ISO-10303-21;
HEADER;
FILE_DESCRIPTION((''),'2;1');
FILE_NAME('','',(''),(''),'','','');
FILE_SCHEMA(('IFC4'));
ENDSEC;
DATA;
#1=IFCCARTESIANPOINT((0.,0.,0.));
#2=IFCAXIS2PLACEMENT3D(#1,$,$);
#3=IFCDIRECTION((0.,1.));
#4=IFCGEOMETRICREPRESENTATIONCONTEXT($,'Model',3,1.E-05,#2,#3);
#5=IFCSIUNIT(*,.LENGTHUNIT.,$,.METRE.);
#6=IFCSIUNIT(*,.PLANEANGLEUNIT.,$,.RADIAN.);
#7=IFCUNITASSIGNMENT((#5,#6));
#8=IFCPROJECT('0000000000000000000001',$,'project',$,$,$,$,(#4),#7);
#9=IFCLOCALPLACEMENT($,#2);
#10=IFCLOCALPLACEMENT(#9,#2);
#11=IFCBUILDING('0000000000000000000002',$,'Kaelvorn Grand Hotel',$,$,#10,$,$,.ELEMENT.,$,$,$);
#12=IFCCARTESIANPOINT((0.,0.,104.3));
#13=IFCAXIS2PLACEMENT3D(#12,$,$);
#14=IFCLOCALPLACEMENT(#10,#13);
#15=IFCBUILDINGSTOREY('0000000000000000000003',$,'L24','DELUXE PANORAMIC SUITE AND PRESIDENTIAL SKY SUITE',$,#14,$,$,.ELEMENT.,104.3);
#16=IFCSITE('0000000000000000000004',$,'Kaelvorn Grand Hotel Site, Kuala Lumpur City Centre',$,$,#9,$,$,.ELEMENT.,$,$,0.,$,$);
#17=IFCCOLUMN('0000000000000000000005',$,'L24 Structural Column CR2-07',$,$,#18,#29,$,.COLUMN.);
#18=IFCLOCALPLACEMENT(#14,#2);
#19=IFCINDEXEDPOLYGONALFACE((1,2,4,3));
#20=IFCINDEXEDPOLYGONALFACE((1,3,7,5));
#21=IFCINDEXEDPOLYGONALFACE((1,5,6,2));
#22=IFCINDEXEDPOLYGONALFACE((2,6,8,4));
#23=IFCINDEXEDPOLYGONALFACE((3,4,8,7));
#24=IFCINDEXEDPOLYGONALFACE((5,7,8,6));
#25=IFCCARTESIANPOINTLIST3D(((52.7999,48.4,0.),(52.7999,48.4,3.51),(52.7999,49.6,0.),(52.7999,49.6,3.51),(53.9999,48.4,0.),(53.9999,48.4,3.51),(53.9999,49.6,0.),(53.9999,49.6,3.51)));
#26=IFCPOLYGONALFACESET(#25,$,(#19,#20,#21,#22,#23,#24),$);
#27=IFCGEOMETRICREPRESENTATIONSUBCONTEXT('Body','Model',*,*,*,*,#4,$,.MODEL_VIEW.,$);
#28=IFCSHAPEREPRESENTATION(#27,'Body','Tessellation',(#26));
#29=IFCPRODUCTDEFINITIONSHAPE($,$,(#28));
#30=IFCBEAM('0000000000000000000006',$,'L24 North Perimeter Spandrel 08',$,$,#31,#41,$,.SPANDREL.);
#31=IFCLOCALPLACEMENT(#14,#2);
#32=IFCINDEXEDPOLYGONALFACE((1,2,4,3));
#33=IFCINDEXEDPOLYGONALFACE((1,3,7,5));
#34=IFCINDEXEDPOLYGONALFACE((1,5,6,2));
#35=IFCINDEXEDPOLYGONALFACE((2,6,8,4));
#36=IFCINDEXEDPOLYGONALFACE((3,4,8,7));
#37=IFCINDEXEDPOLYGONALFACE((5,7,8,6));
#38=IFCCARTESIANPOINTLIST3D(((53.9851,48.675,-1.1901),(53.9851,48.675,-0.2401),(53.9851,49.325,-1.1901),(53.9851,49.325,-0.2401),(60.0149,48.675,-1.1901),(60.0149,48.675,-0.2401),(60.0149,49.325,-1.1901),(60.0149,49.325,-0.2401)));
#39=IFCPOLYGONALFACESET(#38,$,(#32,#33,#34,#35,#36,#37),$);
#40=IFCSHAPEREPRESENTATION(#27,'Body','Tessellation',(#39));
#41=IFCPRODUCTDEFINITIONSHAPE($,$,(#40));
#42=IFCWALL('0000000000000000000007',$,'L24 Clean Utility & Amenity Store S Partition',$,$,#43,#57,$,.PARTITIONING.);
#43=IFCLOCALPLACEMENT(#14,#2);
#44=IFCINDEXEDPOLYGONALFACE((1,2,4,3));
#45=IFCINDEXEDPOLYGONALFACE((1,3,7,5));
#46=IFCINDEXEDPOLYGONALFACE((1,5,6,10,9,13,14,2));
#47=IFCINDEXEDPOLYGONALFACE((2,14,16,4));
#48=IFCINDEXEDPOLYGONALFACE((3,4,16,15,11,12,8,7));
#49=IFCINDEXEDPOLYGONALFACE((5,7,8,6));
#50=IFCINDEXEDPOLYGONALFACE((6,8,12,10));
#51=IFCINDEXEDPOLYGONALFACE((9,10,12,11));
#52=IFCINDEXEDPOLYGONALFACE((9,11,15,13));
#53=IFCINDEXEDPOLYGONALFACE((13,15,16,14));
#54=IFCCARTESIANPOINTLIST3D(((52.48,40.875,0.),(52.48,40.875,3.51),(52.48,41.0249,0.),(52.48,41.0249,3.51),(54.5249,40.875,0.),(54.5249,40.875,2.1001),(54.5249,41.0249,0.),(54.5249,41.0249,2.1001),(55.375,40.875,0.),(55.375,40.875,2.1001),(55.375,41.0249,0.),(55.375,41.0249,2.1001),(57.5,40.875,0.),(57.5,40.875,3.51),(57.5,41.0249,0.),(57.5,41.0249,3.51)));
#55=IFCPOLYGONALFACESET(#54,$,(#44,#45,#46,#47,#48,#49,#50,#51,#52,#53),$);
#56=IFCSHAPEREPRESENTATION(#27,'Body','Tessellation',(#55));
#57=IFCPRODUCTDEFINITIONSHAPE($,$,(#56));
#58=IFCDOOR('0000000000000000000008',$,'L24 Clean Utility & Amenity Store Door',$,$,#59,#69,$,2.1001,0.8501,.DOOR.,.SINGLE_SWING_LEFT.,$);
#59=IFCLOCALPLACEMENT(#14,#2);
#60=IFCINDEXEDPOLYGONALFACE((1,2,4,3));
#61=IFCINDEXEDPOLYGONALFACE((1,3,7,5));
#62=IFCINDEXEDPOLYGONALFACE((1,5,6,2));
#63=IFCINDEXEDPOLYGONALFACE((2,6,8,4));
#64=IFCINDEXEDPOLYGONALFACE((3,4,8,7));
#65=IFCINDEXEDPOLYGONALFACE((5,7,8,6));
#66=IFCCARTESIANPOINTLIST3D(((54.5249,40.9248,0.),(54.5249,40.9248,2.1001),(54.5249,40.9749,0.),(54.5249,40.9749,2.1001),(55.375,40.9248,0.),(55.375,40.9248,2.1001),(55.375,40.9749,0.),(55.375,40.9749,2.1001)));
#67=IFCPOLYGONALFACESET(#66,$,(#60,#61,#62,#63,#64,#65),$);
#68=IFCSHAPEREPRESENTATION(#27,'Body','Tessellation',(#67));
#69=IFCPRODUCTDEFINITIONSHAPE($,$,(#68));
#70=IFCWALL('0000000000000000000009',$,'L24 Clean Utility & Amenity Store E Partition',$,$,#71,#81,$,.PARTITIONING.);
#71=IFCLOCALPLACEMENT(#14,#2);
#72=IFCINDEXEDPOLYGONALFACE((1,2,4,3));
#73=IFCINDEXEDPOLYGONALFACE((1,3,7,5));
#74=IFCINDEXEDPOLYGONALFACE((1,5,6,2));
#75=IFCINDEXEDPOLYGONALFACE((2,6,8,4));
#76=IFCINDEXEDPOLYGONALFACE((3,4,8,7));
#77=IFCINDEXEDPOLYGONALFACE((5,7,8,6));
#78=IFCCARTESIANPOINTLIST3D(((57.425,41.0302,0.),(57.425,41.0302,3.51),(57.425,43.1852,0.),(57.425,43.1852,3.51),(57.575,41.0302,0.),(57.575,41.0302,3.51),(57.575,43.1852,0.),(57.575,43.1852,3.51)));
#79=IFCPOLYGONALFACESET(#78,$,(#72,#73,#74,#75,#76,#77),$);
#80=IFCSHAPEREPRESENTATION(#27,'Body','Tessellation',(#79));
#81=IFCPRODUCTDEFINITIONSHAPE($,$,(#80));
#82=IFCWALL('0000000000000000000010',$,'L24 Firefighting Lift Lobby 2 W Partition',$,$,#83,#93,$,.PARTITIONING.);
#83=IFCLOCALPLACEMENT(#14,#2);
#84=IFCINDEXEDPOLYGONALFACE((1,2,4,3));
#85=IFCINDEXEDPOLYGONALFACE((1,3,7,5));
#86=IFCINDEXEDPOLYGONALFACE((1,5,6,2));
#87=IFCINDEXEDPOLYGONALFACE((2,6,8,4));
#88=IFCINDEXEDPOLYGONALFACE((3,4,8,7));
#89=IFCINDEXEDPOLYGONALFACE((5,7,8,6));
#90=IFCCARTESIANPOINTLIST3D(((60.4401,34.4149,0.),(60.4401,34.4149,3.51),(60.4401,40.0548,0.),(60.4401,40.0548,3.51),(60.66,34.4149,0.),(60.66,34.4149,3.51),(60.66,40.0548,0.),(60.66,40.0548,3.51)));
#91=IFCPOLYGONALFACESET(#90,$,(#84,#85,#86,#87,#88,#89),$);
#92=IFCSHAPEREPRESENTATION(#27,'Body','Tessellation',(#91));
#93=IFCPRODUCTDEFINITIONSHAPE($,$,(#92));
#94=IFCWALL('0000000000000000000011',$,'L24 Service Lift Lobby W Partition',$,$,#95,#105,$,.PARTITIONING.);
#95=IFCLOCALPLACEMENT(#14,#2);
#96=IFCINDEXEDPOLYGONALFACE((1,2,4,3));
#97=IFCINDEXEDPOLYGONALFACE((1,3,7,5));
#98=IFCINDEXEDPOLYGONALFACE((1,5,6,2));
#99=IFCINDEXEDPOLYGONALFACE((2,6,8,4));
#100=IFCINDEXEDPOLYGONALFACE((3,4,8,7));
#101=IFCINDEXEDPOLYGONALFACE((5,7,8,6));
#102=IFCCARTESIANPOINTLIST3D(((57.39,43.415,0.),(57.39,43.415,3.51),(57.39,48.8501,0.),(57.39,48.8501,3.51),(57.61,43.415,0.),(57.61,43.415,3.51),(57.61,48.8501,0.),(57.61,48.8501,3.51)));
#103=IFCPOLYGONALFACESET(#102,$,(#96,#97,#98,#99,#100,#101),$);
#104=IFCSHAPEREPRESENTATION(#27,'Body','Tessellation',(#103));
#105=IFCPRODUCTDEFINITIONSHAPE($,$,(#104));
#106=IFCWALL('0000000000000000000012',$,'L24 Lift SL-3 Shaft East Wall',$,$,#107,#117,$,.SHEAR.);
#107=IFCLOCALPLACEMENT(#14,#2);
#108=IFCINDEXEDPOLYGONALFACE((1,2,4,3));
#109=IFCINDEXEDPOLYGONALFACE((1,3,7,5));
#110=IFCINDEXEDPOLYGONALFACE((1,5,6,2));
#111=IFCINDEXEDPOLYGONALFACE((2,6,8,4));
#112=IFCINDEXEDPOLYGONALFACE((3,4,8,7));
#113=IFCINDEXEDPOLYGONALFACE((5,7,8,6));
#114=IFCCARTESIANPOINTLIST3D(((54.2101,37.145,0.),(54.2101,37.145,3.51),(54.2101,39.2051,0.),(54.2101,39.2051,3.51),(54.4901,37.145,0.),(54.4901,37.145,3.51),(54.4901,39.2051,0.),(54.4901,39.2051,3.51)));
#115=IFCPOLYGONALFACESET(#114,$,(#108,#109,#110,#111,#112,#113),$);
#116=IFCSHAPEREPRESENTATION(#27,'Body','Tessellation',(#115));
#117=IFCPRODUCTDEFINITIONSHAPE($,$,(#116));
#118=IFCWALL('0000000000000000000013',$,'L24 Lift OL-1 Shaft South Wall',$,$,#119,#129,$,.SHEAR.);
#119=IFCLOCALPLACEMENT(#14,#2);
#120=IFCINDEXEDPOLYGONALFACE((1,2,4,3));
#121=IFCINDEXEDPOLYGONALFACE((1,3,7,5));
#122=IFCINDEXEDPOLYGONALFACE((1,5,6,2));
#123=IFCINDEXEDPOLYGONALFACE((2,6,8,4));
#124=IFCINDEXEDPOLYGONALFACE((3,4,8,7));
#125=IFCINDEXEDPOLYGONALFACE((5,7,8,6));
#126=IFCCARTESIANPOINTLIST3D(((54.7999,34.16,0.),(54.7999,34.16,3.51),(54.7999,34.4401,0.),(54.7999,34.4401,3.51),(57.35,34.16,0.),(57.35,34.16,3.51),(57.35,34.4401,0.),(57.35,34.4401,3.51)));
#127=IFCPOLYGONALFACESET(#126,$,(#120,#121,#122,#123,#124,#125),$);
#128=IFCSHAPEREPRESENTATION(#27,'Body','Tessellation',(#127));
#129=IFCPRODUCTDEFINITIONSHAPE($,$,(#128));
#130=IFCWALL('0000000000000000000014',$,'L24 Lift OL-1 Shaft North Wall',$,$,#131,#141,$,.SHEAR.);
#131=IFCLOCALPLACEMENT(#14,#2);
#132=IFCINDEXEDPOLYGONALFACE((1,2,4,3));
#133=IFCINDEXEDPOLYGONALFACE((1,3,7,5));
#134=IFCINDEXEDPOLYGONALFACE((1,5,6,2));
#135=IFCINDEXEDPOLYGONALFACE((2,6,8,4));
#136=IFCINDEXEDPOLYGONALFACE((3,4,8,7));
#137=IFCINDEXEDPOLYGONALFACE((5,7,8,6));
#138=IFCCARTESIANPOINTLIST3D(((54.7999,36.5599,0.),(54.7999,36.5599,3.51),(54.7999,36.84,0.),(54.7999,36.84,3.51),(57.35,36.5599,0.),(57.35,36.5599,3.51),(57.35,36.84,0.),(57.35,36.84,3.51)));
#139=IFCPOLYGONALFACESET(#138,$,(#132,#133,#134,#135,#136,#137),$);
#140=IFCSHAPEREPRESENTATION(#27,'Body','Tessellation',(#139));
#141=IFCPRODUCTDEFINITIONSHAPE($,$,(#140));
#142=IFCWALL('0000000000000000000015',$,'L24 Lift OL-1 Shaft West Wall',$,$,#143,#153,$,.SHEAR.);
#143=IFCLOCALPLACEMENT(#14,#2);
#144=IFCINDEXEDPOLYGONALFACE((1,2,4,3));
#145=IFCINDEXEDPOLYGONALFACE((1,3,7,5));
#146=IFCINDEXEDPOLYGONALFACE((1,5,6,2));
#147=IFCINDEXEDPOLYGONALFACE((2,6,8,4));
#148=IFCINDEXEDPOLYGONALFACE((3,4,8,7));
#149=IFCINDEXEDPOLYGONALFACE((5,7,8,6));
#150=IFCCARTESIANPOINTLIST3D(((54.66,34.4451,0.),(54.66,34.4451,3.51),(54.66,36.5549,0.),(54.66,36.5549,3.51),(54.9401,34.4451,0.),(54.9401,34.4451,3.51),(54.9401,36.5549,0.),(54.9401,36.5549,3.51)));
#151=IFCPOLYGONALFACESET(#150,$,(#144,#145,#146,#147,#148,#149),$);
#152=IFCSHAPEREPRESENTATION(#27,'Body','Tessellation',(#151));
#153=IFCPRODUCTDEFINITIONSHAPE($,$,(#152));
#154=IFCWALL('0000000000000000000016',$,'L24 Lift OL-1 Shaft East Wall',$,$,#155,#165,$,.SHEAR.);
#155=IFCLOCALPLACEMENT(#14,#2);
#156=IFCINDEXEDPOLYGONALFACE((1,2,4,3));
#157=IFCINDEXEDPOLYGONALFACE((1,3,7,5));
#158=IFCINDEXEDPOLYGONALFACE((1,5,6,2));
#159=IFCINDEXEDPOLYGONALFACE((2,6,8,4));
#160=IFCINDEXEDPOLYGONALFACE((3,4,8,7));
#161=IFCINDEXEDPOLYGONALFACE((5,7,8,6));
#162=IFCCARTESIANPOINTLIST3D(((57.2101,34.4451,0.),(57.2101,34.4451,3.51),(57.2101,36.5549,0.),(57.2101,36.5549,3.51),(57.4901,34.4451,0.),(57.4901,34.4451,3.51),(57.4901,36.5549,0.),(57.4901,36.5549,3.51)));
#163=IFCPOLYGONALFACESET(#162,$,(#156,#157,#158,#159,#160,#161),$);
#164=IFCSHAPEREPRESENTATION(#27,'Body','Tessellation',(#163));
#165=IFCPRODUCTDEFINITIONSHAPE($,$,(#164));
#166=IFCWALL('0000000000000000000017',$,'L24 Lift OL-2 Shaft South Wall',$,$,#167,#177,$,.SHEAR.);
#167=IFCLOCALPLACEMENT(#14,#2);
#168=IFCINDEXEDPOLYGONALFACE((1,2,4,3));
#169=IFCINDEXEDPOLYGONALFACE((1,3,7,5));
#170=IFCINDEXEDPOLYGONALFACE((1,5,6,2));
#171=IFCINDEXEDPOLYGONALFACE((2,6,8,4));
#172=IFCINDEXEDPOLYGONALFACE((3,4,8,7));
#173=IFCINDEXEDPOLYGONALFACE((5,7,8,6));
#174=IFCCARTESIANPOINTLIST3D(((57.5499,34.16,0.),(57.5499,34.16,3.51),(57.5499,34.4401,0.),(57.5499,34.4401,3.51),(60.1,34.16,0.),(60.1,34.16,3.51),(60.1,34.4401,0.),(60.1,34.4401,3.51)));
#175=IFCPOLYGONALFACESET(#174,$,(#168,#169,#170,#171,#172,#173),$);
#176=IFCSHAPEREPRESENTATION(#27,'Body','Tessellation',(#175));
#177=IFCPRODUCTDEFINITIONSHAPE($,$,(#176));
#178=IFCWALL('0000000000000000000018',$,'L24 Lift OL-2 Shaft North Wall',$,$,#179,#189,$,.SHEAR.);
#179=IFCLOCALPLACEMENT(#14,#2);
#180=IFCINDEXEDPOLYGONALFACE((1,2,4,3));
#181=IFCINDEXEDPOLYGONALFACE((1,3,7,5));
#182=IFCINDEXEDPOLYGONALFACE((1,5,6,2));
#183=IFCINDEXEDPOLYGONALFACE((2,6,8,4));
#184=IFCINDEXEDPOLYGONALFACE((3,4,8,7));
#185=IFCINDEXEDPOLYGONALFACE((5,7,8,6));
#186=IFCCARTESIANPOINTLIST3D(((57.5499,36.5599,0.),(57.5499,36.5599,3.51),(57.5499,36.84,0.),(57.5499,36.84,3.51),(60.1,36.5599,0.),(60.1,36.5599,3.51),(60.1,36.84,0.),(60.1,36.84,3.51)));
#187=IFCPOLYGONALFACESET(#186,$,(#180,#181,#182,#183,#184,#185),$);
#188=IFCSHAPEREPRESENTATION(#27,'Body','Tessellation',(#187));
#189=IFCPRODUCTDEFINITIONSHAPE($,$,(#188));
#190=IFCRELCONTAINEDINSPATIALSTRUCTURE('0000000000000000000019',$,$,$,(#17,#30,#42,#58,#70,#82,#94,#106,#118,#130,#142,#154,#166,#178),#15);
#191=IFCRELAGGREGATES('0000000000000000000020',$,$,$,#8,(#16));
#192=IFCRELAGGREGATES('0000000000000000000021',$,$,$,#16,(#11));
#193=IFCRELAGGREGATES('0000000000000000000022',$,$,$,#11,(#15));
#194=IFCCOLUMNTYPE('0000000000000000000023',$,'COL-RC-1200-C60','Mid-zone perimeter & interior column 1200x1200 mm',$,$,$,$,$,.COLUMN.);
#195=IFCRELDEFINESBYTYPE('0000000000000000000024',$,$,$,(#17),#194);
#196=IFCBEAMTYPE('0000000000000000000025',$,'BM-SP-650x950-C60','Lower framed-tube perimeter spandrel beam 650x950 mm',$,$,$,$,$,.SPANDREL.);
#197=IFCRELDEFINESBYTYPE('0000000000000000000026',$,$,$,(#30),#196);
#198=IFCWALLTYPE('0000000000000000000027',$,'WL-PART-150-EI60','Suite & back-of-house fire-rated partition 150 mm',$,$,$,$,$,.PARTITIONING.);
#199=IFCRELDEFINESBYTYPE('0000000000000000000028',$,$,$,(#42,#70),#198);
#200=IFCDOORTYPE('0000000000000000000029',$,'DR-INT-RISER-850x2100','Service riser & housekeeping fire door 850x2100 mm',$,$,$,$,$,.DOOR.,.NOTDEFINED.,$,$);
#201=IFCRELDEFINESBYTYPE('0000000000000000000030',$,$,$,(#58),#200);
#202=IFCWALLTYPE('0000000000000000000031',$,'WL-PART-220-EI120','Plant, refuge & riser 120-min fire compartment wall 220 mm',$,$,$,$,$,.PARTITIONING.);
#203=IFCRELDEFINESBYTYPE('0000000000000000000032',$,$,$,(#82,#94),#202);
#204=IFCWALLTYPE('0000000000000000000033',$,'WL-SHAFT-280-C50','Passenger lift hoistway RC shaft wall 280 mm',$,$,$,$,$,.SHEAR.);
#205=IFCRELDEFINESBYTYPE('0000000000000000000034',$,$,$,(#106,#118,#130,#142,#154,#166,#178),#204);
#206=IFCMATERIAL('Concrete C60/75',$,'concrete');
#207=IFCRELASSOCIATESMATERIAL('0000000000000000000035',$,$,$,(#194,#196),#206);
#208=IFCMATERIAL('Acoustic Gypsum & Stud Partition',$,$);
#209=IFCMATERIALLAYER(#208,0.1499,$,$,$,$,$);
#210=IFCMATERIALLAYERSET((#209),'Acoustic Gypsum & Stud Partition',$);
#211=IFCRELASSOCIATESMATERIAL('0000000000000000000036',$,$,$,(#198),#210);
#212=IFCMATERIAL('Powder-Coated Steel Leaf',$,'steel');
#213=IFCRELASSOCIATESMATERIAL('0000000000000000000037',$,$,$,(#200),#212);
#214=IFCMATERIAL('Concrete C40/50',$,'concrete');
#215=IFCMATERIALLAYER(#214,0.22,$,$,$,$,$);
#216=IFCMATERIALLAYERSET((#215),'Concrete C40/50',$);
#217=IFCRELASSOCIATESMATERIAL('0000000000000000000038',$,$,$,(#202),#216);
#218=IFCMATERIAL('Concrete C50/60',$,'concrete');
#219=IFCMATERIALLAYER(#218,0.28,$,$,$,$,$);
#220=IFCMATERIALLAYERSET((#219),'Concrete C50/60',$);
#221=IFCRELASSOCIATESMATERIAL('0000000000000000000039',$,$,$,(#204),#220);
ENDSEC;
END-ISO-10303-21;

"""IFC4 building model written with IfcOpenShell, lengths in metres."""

from ifc_helpers import new_model, si_unit, direction, frame, frame_2d, origin, origin_2d, place, context, subcontext, project, spatial, rectangle, extrude, material, layer, layer_set, material_profile, profile_set, type_object, element, fill, save


model = new_model("IFC4")

# Units and contexts
model_context = context("Model", 3, precision=1e-05, world=origin(), true_north=direction((0.0, 1.0)))
body_context = subcontext(model_context, "Body", "Model", "MODEL_VIEW")
ifc_project = project(units=[si_unit("LENGTHUNIT", "METRE"), si_unit("PLANEANGLEUNIT", "RADIAN")], contexts=[model_context])

# Site, building, storey
site_placement = place(None, origin())
site = spatial("IfcSite", under=ifc_project, at=site_placement, Name="Kaelvorn Grand Hotel Site, Kuala Lumpur City Centre", CompositionType="ELEMENT", RefElevation=0.0)
building_placement = place(site_placement, origin())
building = spatial("IfcBuilding", under=site, at=building_placement, Name="Kaelvorn Grand Hotel", CompositionType="ELEMENT")
storey_placement = place(building_placement, frame((0.0, 0.0, 104.3)))
storey = spatial("IfcBuildingStorey", under=building, at=storey_placement, Name="L24", Description="DELUXE PANORAMIC SUITE AND PRESIDENTIAL SKY SUITE", CompositionType="ELEMENT", Elevation=104.3)

# Column
ifc_material_1 = material(Name="Concrete C60/75", Category="concrete")
ifc_material_profile_1 = material_profile(ifc_material_1, rectangle(XDim=1.2, YDim=1.2, at=origin_2d()), Name="RC COL 1200x1200")
ifc_profile_set_1 = profile_set([ifc_material_profile_1], Name="Concrete C60/75")
column_type = type_object("IfcColumnType", Name="COL-RC-1200-C60", Description="Mid-zone perimeter & interior column 1200x1200 mm", PredefinedType="COLUMN", material=ifc_profile_set_1)
column_placement = place(storey_placement, frame((53.3999, 49.0, 0.0), z_axis=(0.0, 0.0, 1.0), x_axis=(1.0, 0.0, 0.0)))
element("IfcColumn", 1, at=column_placement, inside=storey, type_object=column_type, Name="L24 Structural Column CR2-07", PredefinedType="COLUMN", context=body_context, shape_type="SweptSolid", body=[
    extrude(rectangle(XDim=1.2, YDim=1.2, at=origin_2d()), origin(), (0.0, 0.0, 1.0), 3.51),
])

# Beam
ifc_material_profile_2 = material_profile(ifc_material_1, rectangle(XDim=0.6499, YDim=0.95, at=origin_2d()), Name="RC SPANDREL 650x950")
ifc_profile_set_2 = profile_set([ifc_material_profile_2], Name="Concrete C60/75")
beam_type = type_object("IfcBeamType", Name="BM-SP-650x950-C60", Description="Lower framed-tube perimeter spandrel beam 650x950 mm", PredefinedType="SPANDREL", material=ifc_profile_set_2)
beam_placement = place(storey_placement, frame((53.9851, 49.0, -0.7151), z_axis=(1.0, 0.0, 0.0), x_axis=(0.0, 1.0, 0.0)))
element("IfcBeam", 2, at=beam_placement, inside=storey, type_object=beam_type, Name="L24 North Perimeter Spandrel 08", PredefinedType="SPANDREL", context=body_context, shape_type="SweptSolid", body=[
    extrude(rectangle(XDim=0.6499, YDim=0.95, at=origin_2d()), origin(), (0.0, 0.0, 1.0), 6.0298),
])

# Wall, opening, door
ifc_material_2 = material(Name="Acoustic Gypsum & Stud Partition")
ifc_layer_1 = layer(ifc_material_2, 0.1499)
ifc_layer_set_1 = layer_set([ifc_layer_1], Name="Acoustic Gypsum & Stud Partition")
wall_type_1 = type_object("IfcWallType", Name="WL-PART-150-EI60", Description="Suite & back-of-house fire-rated partition 150 mm", PredefinedType="PARTITIONING", material=ifc_layer_set_1)
wall_1_placement = place(storey_placement, frame((52.48, 40.95, 0.0), z_axis=(0.0, 0.0, 1.0), x_axis=(1.0, 0.0, 0.0)))
wall_1 = element("IfcWall", 3, at=wall_1_placement, inside=storey, type_object=wall_type_1, Name="L24 Clean Utility & Amenity Store S Partition", PredefinedType="PARTITIONING", context=body_context, shape_type="SweptSolid", body=[
    extrude(rectangle(XDim=5.02, YDim=0.1499, at=frame_2d((2.51, 0.0))), origin(), (0.0, 0.0, 1.0), 3.51),
])
opening_1_placement = place(wall_1_placement, frame((2.0449, 0.0, 0.0)))
opening_1 = element("IfcOpeningElement", 4, at=opening_1_placement, cuts=wall_1, PredefinedType="OPENING", context=body_context, shape_type="SweptSolid", body=[
    extrude(rectangle(XDim=0.8501, YDim=2.1001, at=frame_2d((0.425, 1.05))), frame((0.0, 0.085, 0.0), z_axis=(0.0, -1.0, 0.0), x_axis=(1.0, 0.0, 0.0)), (0.0, 0.0, 1.0), 0.1699),
])
ifc_material_3 = material(Name="Powder-Coated Steel Leaf", Category="steel")
door_type_1 = type_object("IfcDoorType", Name="DR-INT-RISER-850x2100", Description="Service riser & housekeeping fire door 850x2100 mm", OperationType="NOTDEFINED", PredefinedType="DOOR", material=ifc_material_3)
door_1_placement = place(opening_1_placement, origin())
door_1 = element("IfcDoor", 5, at=door_1_placement, inside=storey, type_object=door_type_1, Name="L24 Clean Utility & Amenity Store Door", OperationType="SINGLE_SWING_LEFT", OverallHeight=2.1001, OverallWidth=0.8501, PredefinedType="DOOR", context=body_context, shape_type="SweptSolid", body=[
    extrude(rectangle(XDim=0.8501, YDim=2.1001, at=frame_2d((0.425, 1.05))), frame((0.0, 0.0249, 0.0), z_axis=(0.0, -1.0, 0.0), x_axis=(1.0, 0.0, 0.0)), (0.0, 0.0, 1.0), 0.05),
])
fill(opening_1, door_1)

# Wall
wall_2_placement = place(storey_placement, frame((57.5, 41.03, 0.0), z_axis=(0.0, 0.0, 1.0), x_axis=(0.0, 1.0, 0.0)))
element("IfcWall", 6, at=wall_2_placement, inside=storey, type_object=wall_type_1, Name="L24 Clean Utility & Amenity Store E Partition", PredefinedType="PARTITIONING", context=body_context, shape_type="SweptSolid", body=[
    extrude(rectangle(XDim=2.155, YDim=0.1499, at=frame_2d((1.0776, 0.0))), origin(), (0.0, 0.0, 1.0), 3.51),
])

# Shared definitions
ifc_material_4 = material(Name="Concrete C40/50", Category="concrete")
ifc_layer_2 = layer(ifc_material_4, 0.22)
ifc_layer_set_2 = layer_set([ifc_layer_2], Name="Concrete C40/50")
wall_type_2 = type_object("IfcWallType", Name="WL-PART-220-EI120", Description="Plant, refuge & riser 120-min fire compartment wall 220 mm", PredefinedType="PARTITIONING", material=ifc_layer_set_2)

# Wall
wall_3_placement = place(storey_placement, frame((60.55, 34.415, 0.0), z_axis=(0.0, 0.0, 1.0), x_axis=(0.0, 1.0, 0.0)))
element("IfcWall", 7, at=wall_3_placement, inside=storey, type_object=wall_type_2, Name="L24 Firefighting Lift Lobby 2 W Partition", PredefinedType="PARTITIONING", context=body_context, shape_type="SweptSolid", body=[
    extrude(rectangle(XDim=5.6399, YDim=0.22, at=frame_2d((2.8198, 0.0))), origin(), (0.0, 0.0, 1.0), 3.51),
])

# Walls
wall_4_placement = place(storey_placement, frame((57.5, 43.415, 0.0), z_axis=(0.0, 0.0, 1.0), x_axis=(0.0, 1.0, 0.0)))
element("IfcWall", 8, at=wall_4_placement, inside=storey, type_object=wall_type_2, Name="L24 Service Lift Lobby W Partition", PredefinedType="PARTITIONING", context=body_context, shape_type="SweptSolid", body=[
    extrude(rectangle(XDim=5.4351, YDim=0.22, at=frame_2d((2.7175, 0.0))), origin(), (0.0, 0.0, 1.0), 3.51),
])
ifc_material_5 = material(Name="Concrete C50/60", Category="concrete")
ifc_layer_3 = layer(ifc_material_5, 0.28)
ifc_layer_set_3 = layer_set([ifc_layer_3], Name="Concrete C50/60")
wall_type_3 = type_object("IfcWallType", Name="WL-SHAFT-280-C50", Description="Passenger lift hoistway RC shaft wall 280 mm", PredefinedType="SHEAR", material=ifc_layer_set_3)
wall_5_placement = place(storey_placement, frame((54.3501, 37.145, 0.0), z_axis=(0.0, 0.0, 1.0), x_axis=(0.0, 1.0, 0.0)))
element("IfcWall", 9, at=wall_5_placement, inside=storey, type_object=wall_type_3, Name="L24 Lift SL-3 Shaft East Wall", PredefinedType="SHEAR", context=body_context, shape_type="SweptSolid", body=[
    extrude(rectangle(XDim=2.0601, YDim=0.28, at=frame_2d((1.03, 0.0))), origin(), (0.0, 0.0, 1.0), 3.51),
])
for number, where, z_axis, x_axis, name in (
    (10, (54.8, 34.3, 0.0), (0.0, 0.0, 1.0), (1.0, 0.0, 0.0), "L24 Lift OL-1 Shaft South Wall"),
    (11, (54.8, 36.7, 0.0), (0.0, 0.0, 1.0), (1.0, 0.0, 0.0), "L24 Lift OL-1 Shaft North Wall"),
):
    element("IfcWall", number, at=place(storey_placement, frame(where, z_axis=z_axis, x_axis=x_axis)), inside=storey, type_object=wall_type_3, Name=name, PredefinedType="SHEAR", context=body_context, shape_type="SweptSolid", body=[
        extrude(rectangle(XDim=2.55, YDim=0.28, at=frame_2d((1.2749, 0.0))), origin(), (0.0, 0.0, 1.0), 3.51),
    ])
for number, where, z_axis, x_axis, name in (
    (12, (54.8, 34.4451, 0.0), (0.0, 0.0, 1.0), (0.0, 1.0, 0.0), "L24 Lift OL-1 Shaft West Wall"),
    (13, (57.3501, 34.4451, 0.0), (0.0, 0.0, 1.0), (0.0, 1.0, 0.0), "L24 Lift OL-1 Shaft East Wall"),
):
    element("IfcWall", number, at=place(storey_placement, frame(where, z_axis=z_axis, x_axis=x_axis)), inside=storey, type_object=wall_type_3, Name=name, PredefinedType="SHEAR", context=body_context, shape_type="SweptSolid", body=[
        extrude(rectangle(XDim=2.1099, YDim=0.28, at=frame_2d((1.0549, 0.0))), origin(), (0.0, 0.0, 1.0), 3.51),
    ])
for number, where, z_axis, x_axis, name in (
    (14, (57.55, 34.3, 0.0), (0.0, 0.0, 1.0), (1.0, 0.0, 0.0), "L24 Lift OL-2 Shaft South Wall"),
    (15, (57.55, 36.7, 0.0), (0.0, 0.0, 1.0), (1.0, 0.0, 0.0), "L24 Lift OL-2 Shaft North Wall"),
):
    element("IfcWall", number, at=place(storey_placement, frame(where, z_axis=z_axis, x_axis=x_axis)), inside=storey, type_object=wall_type_3, Name=name, PredefinedType="SHEAR", context=body_context, shape_type="SweptSolid", body=[
        extrude(rectangle(XDim=2.55, YDim=0.28, at=frame_2d((1.2749, 0.0))), origin(), (0.0, 0.0, 1.0), 3.51),
    ])

save(model, "model.ifc")
